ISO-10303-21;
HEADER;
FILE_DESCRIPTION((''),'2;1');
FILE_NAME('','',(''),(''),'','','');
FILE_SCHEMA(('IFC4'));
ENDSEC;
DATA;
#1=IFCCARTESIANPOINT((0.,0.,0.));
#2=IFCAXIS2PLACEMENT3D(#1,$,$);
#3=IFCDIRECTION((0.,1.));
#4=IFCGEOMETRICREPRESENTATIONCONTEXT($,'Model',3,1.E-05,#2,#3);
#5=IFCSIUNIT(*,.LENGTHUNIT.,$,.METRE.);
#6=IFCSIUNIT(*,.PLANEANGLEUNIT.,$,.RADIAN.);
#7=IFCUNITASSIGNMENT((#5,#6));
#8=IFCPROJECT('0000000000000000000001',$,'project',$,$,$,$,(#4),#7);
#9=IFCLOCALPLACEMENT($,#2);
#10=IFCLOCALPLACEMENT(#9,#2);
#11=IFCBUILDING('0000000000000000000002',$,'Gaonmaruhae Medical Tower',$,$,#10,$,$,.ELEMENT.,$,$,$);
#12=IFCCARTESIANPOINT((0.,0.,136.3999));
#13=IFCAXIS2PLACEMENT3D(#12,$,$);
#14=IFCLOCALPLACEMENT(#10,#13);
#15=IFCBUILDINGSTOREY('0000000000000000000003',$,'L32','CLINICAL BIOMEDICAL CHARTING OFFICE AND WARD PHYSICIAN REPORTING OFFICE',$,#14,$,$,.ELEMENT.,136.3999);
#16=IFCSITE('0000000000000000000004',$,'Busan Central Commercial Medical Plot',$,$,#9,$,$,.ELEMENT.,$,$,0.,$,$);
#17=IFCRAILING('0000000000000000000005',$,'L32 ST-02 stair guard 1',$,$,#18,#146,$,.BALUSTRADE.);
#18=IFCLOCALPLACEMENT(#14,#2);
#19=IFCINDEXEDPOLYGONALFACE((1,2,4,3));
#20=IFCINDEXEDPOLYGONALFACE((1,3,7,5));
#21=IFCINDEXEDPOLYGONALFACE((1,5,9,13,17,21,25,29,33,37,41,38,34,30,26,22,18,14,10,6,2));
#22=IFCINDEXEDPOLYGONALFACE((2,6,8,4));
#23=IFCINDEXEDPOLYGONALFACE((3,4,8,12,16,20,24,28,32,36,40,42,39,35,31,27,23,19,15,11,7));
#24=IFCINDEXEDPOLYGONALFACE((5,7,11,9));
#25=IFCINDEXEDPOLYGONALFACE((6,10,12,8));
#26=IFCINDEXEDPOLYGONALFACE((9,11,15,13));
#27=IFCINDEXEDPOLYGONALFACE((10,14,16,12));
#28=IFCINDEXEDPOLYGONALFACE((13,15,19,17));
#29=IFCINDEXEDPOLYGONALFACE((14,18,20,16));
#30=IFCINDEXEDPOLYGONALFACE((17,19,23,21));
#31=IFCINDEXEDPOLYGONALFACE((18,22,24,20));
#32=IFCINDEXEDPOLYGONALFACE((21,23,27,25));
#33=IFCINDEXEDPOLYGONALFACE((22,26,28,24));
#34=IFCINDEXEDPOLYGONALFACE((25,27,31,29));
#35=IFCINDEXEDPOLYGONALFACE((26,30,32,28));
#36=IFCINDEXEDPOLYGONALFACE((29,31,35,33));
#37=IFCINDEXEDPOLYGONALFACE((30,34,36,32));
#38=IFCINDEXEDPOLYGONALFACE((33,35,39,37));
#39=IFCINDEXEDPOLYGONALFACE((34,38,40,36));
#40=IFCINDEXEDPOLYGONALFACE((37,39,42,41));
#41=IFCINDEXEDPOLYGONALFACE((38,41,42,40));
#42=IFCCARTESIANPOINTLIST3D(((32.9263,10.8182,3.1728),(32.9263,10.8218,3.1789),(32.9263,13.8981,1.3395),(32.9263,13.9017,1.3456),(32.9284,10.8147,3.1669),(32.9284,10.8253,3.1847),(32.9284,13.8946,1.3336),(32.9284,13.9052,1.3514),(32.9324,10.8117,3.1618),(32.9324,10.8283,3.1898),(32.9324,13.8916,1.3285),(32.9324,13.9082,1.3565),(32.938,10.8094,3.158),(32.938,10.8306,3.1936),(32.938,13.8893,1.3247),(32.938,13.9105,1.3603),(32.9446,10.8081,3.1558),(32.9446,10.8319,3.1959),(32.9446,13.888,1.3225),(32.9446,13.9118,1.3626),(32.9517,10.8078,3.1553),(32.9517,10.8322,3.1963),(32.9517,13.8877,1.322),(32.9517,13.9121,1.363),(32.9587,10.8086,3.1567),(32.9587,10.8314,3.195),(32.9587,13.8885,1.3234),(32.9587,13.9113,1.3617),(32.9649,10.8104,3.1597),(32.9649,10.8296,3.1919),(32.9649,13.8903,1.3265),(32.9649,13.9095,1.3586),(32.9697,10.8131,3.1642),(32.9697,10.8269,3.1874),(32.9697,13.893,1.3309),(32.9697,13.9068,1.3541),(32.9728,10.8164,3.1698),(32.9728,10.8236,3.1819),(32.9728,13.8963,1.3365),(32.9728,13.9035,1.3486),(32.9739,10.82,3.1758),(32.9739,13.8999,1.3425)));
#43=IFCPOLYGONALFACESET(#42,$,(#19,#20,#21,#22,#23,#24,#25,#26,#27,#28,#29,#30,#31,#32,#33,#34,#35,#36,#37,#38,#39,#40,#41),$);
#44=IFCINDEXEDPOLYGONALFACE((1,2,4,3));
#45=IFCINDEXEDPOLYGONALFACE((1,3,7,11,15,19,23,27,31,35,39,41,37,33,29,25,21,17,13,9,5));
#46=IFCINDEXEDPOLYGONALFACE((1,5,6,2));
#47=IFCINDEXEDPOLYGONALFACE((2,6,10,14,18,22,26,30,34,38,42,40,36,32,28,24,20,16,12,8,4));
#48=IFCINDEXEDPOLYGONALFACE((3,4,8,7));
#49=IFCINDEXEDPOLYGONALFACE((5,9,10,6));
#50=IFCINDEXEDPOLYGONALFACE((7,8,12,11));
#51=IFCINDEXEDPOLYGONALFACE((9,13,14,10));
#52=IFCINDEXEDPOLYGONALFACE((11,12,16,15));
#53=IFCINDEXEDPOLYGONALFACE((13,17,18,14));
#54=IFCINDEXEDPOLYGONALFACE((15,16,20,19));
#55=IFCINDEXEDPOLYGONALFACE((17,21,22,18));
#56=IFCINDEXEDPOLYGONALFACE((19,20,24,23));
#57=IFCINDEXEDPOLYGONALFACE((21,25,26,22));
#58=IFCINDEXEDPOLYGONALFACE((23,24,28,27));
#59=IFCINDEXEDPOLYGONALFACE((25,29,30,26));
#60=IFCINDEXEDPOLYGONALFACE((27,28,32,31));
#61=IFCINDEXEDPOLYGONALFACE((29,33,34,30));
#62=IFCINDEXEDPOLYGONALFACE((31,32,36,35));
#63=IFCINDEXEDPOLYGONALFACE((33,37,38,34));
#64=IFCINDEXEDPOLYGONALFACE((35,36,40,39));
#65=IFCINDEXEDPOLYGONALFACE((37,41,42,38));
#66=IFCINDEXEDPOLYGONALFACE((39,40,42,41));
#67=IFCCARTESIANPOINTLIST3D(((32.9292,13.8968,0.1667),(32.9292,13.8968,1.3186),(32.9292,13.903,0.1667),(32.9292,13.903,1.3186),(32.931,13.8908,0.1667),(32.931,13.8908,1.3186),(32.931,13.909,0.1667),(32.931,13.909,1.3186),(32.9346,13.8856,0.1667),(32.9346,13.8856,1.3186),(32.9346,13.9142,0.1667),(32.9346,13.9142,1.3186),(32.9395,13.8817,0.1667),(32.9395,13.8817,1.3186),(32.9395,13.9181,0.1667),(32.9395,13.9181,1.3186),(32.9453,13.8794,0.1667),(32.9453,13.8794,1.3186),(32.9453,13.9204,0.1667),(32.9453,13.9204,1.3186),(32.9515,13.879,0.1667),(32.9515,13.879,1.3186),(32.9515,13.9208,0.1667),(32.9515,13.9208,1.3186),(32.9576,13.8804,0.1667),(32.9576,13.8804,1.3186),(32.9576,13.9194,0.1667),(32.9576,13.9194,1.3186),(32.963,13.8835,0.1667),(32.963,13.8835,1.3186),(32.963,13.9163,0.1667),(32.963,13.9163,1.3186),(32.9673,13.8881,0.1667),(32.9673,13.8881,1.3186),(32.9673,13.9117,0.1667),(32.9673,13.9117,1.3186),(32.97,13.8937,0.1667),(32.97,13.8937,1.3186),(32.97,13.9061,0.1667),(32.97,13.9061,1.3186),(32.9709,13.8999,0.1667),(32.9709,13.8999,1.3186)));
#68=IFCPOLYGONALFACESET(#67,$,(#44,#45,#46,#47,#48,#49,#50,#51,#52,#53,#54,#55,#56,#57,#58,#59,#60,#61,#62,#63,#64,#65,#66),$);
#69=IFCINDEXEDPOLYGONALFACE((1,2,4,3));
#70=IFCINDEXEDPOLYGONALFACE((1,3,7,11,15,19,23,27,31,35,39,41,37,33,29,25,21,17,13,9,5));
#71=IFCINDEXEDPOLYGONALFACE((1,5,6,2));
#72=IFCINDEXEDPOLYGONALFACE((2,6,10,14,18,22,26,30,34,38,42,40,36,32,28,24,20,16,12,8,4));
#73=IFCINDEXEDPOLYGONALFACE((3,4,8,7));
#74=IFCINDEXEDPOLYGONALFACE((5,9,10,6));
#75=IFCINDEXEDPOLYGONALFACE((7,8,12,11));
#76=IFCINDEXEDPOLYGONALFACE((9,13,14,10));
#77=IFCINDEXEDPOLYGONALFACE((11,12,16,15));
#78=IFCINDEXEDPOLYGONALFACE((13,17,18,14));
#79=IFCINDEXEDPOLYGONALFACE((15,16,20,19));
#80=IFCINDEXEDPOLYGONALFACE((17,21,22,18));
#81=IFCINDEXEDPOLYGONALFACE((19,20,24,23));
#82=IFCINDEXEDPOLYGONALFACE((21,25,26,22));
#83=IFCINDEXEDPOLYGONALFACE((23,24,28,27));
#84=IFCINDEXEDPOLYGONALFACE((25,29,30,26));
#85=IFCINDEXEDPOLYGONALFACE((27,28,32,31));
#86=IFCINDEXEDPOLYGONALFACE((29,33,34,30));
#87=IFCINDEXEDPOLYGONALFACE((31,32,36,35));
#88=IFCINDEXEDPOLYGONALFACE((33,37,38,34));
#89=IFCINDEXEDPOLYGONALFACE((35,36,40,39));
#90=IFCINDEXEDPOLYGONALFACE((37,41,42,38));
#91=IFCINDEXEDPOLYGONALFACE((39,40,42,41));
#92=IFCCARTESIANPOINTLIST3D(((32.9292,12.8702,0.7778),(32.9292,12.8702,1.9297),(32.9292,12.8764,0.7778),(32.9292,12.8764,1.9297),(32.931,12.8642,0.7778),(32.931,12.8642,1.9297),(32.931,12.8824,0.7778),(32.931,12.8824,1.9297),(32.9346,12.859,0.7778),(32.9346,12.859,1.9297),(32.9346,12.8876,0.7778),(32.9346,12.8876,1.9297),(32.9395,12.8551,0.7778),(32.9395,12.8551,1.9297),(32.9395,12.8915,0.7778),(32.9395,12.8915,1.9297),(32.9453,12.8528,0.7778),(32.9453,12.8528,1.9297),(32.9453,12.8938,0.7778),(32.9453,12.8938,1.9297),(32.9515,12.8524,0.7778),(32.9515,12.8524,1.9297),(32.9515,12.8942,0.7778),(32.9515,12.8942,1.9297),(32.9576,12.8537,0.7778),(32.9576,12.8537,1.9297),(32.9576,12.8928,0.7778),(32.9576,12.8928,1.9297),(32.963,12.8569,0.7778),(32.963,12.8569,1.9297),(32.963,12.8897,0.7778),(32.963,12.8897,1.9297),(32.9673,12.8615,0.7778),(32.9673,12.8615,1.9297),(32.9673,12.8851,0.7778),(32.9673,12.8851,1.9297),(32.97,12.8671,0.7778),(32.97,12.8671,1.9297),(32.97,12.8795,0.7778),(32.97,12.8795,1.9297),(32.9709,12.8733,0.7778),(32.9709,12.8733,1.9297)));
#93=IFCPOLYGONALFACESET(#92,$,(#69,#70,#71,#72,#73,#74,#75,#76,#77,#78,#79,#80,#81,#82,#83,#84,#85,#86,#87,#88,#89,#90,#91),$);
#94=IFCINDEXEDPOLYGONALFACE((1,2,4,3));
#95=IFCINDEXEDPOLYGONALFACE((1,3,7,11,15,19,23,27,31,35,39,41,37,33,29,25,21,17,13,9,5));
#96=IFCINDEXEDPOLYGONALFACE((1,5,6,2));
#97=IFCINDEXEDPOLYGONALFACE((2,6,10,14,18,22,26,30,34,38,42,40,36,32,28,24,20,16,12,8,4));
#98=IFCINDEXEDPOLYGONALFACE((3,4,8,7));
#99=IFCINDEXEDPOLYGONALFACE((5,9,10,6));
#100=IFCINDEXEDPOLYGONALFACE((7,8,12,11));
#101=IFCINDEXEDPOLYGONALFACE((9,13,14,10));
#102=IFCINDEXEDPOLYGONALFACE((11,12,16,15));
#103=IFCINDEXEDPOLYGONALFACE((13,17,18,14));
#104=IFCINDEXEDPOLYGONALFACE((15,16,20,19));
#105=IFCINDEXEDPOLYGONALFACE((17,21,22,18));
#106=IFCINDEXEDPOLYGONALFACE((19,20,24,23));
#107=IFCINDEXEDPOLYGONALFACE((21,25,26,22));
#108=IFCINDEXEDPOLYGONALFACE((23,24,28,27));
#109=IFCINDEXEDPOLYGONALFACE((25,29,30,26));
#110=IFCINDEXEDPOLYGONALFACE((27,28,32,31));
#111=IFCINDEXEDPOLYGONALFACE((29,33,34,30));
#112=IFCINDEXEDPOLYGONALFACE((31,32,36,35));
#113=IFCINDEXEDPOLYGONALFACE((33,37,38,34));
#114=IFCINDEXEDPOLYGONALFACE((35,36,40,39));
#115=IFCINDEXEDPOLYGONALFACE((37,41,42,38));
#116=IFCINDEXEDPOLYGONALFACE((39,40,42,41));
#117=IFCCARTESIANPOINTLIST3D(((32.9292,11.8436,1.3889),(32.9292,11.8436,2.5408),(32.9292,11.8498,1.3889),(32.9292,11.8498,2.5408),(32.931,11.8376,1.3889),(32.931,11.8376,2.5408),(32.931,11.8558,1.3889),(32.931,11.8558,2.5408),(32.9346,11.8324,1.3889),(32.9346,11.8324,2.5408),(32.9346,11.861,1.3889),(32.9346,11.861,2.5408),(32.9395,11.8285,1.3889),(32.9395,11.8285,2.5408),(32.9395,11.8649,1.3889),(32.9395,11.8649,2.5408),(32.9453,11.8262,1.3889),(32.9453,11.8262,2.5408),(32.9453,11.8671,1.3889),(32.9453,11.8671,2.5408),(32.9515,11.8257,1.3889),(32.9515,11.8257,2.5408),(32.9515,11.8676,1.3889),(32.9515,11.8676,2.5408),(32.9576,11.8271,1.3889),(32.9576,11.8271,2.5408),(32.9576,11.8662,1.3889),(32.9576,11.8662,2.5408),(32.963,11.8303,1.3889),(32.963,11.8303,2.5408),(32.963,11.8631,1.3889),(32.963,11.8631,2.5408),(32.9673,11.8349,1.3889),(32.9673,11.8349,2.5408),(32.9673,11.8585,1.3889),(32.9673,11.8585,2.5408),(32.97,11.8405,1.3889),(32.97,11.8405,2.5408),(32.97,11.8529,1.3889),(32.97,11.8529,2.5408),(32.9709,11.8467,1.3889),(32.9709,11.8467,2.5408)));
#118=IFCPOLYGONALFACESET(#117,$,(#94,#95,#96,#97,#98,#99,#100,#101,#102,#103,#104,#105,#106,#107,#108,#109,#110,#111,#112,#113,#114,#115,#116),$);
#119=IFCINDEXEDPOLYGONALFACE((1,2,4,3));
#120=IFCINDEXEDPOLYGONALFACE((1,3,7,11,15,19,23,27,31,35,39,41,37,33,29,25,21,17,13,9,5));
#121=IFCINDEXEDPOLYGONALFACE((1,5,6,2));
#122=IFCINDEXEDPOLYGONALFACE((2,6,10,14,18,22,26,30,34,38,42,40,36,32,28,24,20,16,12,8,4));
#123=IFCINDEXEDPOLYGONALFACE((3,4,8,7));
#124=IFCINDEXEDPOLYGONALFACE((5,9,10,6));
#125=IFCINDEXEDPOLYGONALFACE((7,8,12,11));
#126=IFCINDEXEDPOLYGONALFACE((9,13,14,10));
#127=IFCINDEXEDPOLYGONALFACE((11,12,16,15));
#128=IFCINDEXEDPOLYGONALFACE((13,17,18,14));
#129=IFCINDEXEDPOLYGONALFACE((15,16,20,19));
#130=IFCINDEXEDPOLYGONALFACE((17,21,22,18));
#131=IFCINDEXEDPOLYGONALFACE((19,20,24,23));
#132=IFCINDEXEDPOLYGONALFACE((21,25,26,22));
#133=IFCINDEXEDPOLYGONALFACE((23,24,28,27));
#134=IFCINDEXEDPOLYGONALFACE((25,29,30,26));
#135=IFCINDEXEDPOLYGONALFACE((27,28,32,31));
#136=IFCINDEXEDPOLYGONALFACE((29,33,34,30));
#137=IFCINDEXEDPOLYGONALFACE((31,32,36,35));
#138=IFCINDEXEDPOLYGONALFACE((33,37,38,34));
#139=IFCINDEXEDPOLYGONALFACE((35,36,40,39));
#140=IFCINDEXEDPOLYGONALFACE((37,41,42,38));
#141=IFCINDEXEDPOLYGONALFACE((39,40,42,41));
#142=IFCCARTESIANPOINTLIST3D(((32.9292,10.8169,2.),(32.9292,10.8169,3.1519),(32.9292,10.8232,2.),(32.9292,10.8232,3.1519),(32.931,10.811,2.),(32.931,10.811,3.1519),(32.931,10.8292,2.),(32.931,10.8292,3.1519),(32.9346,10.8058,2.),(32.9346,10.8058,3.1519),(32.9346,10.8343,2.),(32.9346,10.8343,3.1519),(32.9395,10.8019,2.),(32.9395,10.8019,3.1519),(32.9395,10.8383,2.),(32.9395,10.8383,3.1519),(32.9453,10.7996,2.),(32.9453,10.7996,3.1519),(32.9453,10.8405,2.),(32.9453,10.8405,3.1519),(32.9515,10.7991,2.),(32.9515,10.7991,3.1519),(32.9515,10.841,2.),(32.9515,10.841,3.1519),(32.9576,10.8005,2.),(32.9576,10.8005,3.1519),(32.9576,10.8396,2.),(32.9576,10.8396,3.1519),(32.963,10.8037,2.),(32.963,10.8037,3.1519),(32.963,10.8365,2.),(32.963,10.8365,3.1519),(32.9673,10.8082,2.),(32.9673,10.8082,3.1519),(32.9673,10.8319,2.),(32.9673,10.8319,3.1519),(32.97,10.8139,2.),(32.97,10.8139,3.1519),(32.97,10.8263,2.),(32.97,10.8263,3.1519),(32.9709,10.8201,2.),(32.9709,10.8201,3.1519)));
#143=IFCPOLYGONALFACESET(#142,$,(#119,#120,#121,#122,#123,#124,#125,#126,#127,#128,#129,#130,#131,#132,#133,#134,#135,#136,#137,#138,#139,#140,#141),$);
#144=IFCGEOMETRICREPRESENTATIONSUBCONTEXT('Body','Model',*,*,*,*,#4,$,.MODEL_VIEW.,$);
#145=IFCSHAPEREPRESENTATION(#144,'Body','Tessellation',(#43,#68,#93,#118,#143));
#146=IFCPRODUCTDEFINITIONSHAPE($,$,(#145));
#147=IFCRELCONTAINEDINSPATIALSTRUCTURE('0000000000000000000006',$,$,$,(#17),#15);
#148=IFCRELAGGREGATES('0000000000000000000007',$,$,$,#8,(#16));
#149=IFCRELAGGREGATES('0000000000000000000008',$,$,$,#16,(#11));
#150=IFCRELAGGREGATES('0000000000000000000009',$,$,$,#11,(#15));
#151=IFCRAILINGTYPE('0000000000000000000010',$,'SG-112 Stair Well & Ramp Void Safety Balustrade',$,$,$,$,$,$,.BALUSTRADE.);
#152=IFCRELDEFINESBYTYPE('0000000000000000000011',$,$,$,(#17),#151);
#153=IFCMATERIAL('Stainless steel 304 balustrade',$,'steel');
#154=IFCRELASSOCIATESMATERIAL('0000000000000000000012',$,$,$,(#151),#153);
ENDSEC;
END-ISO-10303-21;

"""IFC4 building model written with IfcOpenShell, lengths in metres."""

from ifc_helpers import new_model, si_unit, direction, frame, origin, origin_2d, place, context, subcontext, project, spatial, circle, extrude, material, type_object, element, save


model = new_model("IFC4")

# Units and contexts
model_context = context("Model", 3, precision=1e-05, world=origin(), true_north=direction((0.0, 1.0)))
body_context = subcontext(model_context, "Body", "Model", "MODEL_VIEW")
ifc_project = project(units=[si_unit("LENGTHUNIT", "METRE"), si_unit("PLANEANGLEUNIT", "RADIAN")], contexts=[model_context])

# Site, building, storey
site_placement = place(None, origin())
site = spatial("IfcSite", under=ifc_project, at=site_placement, Name="Busan Central Commercial Medical Plot", CompositionType="ELEMENT", RefElevation=0.0)
building_placement = place(site_placement, origin())
building = spatial("IfcBuilding", under=site, at=building_placement, Name="Gaonmaruhae Medical Tower", CompositionType="ELEMENT")
storey_placement = place(building_placement, frame((0.0, 0.0, 136.3999)))
storey = spatial("IfcBuildingStorey", under=building, at=storey_placement, Name="L32", Description="CLINICAL BIOMEDICAL CHARTING OFFICE AND WARD PHYSICIAN REPORTING OFFICE", CompositionType="ELEMENT", Elevation=136.3999)

# Railing
ifc_material_1 = material(Name="Stainless steel 304 balustrade", Category="steel")
railing_type_1 = type_object("IfcRailingType", Name="SG-112 Stair Well & Ramp Void Safety Balustrade", PredefinedType="BALUSTRADE", material=ifc_material_1)
railing_1_placement = place(storey_placement, frame((32.95, 13.8999, 0.1667)))
element("IfcRailing", 1, at=railing_1_placement, inside=storey, type_object=railing_type_1, Name="L32 ST-02 stair guard 1", PredefinedType="BALUSTRADE", context=body_context, shape_type="SweptSolid", body=[
    extrude(circle(Radius=0.0239, at=origin_2d()), frame((0.0, 0.0, 1.1758), z_axis=(0.0, -0.859291, 0.511487), x_axis=(1.0, 0.0, 0.0)), (0.0, 0.0, 1.0), 3.5842),
    extrude(circle(Radius=0.021, at=origin_2d()), origin(), (0.0, 0.0, 1.0), 1.1519),
    extrude(circle(Radius=0.021, at=origin_2d()), frame((0.0, -1.0266, 0.6111)), (0.0, 0.0, 1.0), 1.1519),
    extrude(circle(Radius=0.021, at=origin_2d()), frame((0.0, -2.0532, 1.2222)), (0.0, 0.0, 1.0), 1.1519),
    extrude(circle(Radius=0.021, at=origin_2d()), frame((0.0, -3.0798, 1.8333)), (0.0, 0.0, 1.0), 1.1519),
])

save(model, "model.ifc")
